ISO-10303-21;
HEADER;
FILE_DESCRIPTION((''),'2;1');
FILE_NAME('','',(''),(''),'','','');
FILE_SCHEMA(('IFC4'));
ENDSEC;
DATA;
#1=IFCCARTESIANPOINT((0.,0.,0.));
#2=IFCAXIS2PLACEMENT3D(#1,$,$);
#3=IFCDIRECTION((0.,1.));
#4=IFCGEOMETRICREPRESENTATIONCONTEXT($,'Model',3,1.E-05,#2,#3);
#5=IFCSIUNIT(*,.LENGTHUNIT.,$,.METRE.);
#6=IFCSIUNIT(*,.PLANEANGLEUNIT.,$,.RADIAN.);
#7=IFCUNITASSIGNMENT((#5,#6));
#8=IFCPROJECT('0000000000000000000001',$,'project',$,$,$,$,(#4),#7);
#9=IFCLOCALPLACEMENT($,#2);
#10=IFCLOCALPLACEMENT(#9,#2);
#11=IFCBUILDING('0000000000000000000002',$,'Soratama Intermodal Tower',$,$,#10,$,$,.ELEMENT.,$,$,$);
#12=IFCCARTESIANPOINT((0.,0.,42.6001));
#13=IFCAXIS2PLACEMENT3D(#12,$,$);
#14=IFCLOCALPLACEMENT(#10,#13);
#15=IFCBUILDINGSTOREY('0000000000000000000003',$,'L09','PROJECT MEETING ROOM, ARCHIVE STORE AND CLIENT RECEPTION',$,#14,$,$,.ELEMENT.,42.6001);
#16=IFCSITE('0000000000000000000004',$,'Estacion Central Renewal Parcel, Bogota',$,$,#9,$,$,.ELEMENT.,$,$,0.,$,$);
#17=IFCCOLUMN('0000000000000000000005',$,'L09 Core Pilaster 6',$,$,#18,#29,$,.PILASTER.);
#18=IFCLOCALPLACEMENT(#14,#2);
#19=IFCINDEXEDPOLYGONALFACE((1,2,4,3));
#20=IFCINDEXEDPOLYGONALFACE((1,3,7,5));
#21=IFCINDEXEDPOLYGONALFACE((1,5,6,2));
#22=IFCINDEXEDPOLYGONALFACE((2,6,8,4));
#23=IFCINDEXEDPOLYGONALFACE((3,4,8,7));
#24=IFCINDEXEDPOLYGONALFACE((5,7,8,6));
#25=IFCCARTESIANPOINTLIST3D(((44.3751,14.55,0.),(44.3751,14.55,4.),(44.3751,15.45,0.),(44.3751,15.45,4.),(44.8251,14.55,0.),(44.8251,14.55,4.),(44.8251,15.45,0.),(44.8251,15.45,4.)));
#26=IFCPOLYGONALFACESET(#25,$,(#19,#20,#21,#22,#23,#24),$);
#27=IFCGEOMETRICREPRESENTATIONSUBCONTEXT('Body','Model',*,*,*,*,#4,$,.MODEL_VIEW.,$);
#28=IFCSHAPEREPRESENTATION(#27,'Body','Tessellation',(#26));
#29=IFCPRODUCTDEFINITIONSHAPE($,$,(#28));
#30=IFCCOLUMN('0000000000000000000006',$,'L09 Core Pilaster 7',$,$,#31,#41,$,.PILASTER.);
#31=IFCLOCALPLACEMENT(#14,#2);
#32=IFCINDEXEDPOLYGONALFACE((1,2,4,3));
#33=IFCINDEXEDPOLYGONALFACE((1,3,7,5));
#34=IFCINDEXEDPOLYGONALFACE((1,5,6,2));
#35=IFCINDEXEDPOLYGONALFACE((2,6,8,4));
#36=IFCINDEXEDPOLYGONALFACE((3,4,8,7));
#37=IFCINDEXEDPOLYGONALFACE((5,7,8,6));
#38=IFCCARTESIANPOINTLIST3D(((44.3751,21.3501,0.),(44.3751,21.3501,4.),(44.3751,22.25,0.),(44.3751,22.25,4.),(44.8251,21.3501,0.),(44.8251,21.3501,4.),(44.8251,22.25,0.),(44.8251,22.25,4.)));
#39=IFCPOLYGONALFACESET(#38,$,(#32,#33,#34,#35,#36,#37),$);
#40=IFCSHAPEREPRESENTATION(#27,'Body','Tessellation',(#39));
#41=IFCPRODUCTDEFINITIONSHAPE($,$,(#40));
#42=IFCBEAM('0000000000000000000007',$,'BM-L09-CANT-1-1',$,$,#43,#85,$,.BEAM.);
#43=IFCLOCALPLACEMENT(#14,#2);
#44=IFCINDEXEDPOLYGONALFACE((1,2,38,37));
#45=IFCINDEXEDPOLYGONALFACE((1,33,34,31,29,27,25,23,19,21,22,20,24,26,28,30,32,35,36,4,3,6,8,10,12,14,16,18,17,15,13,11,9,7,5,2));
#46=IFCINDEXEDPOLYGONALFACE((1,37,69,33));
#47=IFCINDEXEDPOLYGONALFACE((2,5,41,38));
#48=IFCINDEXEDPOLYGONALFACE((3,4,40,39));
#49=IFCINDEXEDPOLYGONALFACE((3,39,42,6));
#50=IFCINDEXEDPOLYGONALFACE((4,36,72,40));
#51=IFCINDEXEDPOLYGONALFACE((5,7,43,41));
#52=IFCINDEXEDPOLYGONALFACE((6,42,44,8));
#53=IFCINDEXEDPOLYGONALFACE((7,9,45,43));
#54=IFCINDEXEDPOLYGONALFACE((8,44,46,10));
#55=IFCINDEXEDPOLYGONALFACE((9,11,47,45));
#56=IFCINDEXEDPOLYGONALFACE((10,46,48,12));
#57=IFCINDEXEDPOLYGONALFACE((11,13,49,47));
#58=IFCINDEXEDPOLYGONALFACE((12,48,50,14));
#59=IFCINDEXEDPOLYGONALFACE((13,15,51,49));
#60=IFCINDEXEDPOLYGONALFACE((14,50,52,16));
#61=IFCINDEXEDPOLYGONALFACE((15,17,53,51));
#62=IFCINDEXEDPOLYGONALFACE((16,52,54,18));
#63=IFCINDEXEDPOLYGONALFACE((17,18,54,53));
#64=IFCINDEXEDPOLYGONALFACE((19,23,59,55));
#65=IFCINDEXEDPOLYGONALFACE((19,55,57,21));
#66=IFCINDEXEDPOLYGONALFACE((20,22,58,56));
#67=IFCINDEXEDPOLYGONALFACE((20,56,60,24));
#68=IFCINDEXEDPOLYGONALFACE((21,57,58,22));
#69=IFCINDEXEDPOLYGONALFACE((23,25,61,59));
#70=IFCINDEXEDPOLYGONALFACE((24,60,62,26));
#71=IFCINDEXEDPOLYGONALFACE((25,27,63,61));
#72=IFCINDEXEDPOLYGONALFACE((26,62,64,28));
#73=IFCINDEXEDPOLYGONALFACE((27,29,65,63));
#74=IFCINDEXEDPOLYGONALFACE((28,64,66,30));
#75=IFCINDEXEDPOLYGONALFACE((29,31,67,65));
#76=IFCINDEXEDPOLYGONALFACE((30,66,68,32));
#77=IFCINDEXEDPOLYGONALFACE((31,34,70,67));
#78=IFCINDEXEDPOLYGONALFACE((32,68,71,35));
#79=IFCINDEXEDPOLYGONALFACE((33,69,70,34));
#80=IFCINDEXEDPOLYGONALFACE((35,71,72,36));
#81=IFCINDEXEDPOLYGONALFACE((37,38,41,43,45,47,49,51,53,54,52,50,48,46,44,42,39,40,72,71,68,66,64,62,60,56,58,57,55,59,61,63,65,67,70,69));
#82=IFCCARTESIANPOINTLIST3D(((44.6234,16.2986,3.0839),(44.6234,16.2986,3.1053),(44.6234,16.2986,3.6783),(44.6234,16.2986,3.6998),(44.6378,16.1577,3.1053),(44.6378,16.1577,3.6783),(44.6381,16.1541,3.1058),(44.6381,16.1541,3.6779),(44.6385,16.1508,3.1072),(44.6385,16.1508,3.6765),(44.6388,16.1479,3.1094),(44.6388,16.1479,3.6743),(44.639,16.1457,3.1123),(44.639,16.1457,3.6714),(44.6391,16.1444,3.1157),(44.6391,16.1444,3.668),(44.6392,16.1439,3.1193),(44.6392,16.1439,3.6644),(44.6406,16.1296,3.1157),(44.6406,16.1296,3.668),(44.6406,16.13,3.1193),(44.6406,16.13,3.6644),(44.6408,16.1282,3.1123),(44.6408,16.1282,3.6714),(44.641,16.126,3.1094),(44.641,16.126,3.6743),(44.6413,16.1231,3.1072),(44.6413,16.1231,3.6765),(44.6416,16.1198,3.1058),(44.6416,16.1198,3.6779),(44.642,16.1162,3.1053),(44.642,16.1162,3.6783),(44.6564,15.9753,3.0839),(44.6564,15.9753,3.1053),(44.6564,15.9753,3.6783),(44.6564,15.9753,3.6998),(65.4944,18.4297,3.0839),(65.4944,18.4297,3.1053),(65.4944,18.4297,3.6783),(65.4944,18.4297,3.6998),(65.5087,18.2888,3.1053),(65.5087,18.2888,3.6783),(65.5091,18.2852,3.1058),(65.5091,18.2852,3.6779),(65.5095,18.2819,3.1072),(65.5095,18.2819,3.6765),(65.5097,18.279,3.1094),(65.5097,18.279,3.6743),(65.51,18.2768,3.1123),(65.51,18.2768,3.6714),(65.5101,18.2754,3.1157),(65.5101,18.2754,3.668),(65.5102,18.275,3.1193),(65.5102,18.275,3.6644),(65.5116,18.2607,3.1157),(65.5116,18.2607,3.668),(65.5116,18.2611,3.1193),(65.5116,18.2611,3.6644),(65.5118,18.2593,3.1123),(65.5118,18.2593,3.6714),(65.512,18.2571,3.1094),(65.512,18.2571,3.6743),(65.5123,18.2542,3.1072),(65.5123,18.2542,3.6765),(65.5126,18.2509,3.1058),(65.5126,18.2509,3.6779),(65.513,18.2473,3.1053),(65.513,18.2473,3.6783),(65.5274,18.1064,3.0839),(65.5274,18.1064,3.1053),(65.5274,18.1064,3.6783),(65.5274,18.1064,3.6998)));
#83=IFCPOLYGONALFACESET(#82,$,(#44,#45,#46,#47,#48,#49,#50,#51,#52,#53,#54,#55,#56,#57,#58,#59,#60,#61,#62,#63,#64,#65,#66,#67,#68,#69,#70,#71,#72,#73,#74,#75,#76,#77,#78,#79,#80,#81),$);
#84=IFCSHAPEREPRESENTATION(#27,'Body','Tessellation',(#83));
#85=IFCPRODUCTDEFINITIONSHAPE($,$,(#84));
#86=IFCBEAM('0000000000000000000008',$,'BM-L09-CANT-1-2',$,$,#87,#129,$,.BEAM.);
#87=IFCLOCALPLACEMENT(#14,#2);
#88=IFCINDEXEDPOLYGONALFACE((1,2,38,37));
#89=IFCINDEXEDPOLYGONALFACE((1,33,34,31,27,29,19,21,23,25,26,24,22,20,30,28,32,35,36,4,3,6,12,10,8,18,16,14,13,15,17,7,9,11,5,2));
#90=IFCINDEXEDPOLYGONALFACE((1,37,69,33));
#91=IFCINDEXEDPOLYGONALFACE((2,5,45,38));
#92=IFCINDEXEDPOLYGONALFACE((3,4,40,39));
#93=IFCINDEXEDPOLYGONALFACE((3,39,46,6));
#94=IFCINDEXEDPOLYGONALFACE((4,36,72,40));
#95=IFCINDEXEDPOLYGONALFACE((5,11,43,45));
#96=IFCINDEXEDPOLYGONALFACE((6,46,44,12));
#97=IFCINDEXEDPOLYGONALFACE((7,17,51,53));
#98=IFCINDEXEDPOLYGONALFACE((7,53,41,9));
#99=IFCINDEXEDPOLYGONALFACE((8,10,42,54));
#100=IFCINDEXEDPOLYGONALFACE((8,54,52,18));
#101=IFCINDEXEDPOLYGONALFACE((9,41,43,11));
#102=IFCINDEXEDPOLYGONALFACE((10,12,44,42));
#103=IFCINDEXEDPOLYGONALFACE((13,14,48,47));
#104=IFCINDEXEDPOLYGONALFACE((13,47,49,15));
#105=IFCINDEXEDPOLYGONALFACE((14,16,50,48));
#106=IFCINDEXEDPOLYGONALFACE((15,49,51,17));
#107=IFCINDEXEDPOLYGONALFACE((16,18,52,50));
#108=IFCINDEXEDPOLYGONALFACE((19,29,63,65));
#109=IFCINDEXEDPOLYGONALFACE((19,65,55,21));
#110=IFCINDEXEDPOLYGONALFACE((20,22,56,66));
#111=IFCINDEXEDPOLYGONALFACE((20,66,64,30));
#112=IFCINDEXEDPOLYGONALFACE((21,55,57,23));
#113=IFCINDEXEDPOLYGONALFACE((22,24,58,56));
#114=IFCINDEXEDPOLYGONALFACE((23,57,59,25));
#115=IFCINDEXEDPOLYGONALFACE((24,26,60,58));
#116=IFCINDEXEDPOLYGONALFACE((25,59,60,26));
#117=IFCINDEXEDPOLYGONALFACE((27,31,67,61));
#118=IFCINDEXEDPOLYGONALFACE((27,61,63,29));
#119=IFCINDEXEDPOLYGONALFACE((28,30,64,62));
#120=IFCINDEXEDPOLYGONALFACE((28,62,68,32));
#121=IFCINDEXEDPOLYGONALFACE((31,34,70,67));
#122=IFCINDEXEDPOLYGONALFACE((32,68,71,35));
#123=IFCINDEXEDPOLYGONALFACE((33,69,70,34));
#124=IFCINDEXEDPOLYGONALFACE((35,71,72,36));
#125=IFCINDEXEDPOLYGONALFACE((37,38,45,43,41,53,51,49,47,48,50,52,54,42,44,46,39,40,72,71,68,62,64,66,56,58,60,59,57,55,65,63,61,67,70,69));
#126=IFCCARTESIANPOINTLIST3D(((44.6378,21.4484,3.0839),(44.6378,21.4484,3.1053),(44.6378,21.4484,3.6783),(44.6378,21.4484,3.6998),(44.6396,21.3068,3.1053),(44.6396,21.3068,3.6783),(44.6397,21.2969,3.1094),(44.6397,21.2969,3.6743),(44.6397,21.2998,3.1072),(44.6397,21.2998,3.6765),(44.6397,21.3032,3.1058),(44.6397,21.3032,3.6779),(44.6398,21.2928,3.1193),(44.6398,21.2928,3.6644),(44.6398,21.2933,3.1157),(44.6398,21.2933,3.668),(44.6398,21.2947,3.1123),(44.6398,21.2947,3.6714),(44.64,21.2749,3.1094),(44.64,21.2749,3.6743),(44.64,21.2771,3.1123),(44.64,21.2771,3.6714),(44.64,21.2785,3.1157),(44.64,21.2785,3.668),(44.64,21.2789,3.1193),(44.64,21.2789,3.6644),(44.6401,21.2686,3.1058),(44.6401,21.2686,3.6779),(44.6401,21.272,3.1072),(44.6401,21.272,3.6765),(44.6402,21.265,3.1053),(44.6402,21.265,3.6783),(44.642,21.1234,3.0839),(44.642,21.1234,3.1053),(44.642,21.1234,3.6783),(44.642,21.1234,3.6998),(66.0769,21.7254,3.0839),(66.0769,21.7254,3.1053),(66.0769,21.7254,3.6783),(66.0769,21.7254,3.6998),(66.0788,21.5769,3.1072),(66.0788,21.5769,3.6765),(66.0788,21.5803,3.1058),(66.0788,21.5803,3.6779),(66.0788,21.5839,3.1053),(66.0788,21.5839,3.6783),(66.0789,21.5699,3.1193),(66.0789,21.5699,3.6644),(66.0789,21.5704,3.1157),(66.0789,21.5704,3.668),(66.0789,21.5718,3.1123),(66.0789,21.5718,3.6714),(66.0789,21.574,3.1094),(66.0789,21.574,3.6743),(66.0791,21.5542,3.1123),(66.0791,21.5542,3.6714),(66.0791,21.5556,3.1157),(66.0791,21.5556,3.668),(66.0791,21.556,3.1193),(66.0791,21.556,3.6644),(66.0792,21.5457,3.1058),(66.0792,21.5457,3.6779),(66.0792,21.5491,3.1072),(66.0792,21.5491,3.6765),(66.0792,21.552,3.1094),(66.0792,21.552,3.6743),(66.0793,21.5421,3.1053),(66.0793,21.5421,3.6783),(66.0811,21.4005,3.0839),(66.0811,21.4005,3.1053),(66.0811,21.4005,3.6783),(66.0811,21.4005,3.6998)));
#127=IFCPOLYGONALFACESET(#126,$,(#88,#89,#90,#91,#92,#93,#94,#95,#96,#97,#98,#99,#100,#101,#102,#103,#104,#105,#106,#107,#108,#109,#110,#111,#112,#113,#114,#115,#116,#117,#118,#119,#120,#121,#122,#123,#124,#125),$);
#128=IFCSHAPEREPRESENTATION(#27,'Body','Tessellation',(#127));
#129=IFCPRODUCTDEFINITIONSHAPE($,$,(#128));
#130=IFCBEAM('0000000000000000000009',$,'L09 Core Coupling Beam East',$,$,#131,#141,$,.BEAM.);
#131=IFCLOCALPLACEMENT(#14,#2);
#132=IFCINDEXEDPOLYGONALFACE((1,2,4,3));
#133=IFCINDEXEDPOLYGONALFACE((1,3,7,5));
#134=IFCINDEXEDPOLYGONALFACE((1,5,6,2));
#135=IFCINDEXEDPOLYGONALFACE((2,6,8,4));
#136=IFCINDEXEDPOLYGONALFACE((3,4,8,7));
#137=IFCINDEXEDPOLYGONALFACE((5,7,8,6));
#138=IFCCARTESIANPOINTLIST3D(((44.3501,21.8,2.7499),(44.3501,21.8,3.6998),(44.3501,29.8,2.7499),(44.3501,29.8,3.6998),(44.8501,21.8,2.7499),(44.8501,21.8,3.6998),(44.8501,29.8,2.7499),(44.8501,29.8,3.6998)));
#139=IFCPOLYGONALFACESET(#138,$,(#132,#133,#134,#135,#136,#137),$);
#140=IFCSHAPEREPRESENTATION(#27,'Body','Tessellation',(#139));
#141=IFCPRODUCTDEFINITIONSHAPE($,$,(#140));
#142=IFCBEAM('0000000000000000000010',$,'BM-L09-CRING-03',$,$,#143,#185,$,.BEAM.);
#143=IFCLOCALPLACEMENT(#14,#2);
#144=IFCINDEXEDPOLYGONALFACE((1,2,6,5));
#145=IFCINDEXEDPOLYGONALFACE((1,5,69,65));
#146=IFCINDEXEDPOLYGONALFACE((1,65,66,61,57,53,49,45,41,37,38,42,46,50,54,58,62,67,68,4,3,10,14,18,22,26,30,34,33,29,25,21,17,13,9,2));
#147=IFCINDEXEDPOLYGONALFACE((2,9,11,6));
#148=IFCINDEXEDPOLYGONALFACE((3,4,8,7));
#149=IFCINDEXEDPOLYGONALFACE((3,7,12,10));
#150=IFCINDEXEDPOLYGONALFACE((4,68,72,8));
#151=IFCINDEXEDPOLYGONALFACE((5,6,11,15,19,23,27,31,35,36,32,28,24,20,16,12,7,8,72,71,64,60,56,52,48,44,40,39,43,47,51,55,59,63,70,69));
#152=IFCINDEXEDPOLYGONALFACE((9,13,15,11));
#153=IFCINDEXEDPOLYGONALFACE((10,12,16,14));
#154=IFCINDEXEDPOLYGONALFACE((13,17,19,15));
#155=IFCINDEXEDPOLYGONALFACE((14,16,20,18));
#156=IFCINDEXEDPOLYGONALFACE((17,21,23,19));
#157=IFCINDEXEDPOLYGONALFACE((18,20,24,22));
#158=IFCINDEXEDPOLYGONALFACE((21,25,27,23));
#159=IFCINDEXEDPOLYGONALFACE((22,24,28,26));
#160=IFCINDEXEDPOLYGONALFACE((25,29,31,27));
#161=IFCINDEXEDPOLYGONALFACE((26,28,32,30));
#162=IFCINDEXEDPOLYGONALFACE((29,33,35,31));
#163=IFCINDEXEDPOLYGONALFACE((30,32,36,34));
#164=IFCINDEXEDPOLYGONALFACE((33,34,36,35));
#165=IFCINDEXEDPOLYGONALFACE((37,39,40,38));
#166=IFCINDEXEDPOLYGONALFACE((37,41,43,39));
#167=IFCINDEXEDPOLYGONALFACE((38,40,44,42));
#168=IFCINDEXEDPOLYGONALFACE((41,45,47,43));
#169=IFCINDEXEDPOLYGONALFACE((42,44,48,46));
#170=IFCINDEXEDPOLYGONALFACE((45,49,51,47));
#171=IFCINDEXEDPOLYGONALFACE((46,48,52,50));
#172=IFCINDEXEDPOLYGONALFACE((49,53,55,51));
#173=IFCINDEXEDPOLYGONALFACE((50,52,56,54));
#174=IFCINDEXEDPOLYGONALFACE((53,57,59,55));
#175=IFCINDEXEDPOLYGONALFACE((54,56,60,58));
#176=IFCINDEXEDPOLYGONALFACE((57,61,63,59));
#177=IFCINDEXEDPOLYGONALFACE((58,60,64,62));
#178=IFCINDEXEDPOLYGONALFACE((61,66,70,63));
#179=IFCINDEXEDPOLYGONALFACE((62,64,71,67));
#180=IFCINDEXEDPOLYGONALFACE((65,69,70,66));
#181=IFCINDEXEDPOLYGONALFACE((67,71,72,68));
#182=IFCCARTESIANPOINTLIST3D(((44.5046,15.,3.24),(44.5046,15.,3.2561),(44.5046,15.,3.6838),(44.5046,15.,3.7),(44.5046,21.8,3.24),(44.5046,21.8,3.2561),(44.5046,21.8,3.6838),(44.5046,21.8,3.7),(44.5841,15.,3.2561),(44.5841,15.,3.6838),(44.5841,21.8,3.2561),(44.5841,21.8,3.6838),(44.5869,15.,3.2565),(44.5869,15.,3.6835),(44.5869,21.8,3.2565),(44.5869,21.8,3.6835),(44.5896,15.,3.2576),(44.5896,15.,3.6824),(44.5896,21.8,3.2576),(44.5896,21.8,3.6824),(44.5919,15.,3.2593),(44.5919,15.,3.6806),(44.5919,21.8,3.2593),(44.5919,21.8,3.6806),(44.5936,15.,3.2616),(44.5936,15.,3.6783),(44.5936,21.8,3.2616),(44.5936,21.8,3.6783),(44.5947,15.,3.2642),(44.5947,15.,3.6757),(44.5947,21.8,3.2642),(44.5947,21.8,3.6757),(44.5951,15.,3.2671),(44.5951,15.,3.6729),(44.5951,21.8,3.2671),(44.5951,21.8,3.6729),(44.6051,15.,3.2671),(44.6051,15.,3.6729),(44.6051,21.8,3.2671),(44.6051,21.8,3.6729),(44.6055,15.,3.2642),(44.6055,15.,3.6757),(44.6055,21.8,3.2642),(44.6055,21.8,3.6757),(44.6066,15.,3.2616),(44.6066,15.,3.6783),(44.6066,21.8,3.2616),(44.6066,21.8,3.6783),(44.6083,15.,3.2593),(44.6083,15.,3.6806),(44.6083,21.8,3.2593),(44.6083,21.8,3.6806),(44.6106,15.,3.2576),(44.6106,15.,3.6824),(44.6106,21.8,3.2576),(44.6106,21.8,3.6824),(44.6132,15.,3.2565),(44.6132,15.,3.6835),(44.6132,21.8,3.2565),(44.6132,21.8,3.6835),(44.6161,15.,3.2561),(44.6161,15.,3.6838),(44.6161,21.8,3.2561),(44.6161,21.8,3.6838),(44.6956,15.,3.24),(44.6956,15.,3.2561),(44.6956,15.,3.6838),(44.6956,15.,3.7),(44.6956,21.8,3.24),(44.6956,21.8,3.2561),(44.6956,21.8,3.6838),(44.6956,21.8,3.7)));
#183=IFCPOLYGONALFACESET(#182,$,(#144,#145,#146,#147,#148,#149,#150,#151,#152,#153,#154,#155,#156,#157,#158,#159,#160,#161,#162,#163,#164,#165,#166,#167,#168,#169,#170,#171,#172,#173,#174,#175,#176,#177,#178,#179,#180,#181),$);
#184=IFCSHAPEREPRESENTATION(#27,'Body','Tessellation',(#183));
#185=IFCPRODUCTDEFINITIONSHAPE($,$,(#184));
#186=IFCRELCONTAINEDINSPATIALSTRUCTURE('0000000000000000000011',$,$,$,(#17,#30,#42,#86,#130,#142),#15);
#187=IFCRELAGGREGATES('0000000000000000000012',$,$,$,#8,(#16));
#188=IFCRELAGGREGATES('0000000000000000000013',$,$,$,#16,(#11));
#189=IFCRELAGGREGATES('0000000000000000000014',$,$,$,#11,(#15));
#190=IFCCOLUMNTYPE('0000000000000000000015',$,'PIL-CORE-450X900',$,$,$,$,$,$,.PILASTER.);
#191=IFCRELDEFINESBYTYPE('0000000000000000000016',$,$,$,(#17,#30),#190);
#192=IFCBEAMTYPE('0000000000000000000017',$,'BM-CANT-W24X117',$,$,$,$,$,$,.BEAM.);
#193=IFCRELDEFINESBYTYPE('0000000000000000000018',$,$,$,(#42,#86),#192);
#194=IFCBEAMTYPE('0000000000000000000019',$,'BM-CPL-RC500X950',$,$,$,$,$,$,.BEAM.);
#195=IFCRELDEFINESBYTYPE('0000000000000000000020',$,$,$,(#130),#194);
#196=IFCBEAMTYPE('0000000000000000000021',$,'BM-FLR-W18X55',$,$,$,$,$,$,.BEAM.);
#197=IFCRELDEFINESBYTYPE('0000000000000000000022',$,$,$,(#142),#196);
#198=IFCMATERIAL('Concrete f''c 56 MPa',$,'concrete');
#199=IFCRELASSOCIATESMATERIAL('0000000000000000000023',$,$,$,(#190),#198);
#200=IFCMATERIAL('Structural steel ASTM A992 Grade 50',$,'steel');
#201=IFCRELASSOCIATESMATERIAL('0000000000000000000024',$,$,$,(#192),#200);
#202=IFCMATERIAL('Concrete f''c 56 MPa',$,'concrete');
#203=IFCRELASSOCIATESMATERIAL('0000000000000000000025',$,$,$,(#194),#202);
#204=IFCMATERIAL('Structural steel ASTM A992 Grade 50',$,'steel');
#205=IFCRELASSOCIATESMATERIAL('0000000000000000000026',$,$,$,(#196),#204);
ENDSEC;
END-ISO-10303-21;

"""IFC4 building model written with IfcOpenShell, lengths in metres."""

from ifc_helpers import new_model, si_unit, direction, frame, origin, origin_2d, place, context, subcontext, project, spatial, rectangle, i_section, extrude, material, material_profile, profile_set, type_object, element, save


model = new_model("IFC4")

# Units and contexts
model_context = context("Model", 3, precision=1e-05, world=origin(), true_north=direction((0.0, 1.0)))
body_context = subcontext(model_context, "Body", "Model", "MODEL_VIEW")
ifc_project = project(units=[si_unit("LENGTHUNIT", "METRE"), si_unit("PLANEANGLEUNIT", "RADIAN")], contexts=[model_context])

# Site, building, storey
site_placement = place(None, origin())
site = spatial("IfcSite", under=ifc_project, at=site_placement, Name="Estacion Central Renewal Parcel, Bogota", CompositionType="ELEMENT", RefElevation=0.0)
building_placement = place(site_placement, origin())
building = spatial("IfcBuilding", under=site, at=building_placement, Name="Soratama Intermodal Tower", CompositionType="ELEMENT")
storey_placement = place(building_placement, frame((0.0, 0.0, 42.6001)))
storey = spatial("IfcBuildingStorey", under=building, at=storey_placement, Name="L09", Description="PROJECT MEETING ROOM, ARCHIVE STORE AND CLIENT RECEPTION", CompositionType="ELEMENT", Elevation=42.6001)

# Columns
ifc_material_1 = material(Name="Concrete f'c 56 MPa", Category="concrete")
ifc_material_profile_1 = material_profile(ifc_material_1, rectangle(XDim=0.45, YDim=0.8999, at=origin_2d()), Name="RC450X900")
ifc_profile_set_1 = profile_set([ifc_material_profile_1], Name="Concrete f'c 56 MPa")
column_type = type_object("IfcColumnType", Name="PIL-CORE-450X900", PredefinedType="PILASTER", material=ifc_profile_set_1)
for number, where, z_axis, x_axis, name in (
    (1, (44.6001, 15.0, 0.0), (0.0, 0.0, 1.0), (1.0, 0.0, 0.0), "L09 Core Pilaster 6"),
    (2, (44.6001, 21.8, 0.0), (0.0, 0.0, 1.0), (1.0, 0.0, 0.0), "L09 Core Pilaster 7"),
):
    element("IfcColumn", number, at=place(storey_placement, frame(where, z_axis=z_axis, x_axis=x_axis)), inside=storey, type_object=column_type, Name=name, PredefinedType="PILASTER", context=body_context, shape_type="SweptSolid", body=[
        extrude(rectangle(XDim=0.45, YDim=0.8999, at=origin_2d()), origin(), (0.0, 0.0, 1.0), 4.0),
    ])

# Beams
ifc_material_2 = material(Name="Structural steel ASTM A992 Grade 50", Category="steel")
ifc_material_profile_2 = material_profile(ifc_material_2, i_section(OverallWidth=0.325, OverallDepth=0.616, WebThickness=0.0139, FlangeThickness=0.0215, FilletRadius=0.0139, at=origin_2d()), Name="W24X117")
ifc_profile_set_2 = profile_set([ifc_material_profile_2], Name="Structural steel ASTM A992 Grade 50")
beam_type_1 = type_object("IfcBeamType", Name="BM-CANT-W24X117", PredefinedType="BEAM", material=ifc_profile_set_2)
beam_1_placement = place(storey_placement, frame((44.6399, 16.137, 3.3918), z_axis=(0.994827, 0.10158, 0.0), x_axis=(-0.10158, 0.994827, 0.0)))
element("IfcBeam", 3, at=beam_1_placement, inside=storey, type_object=beam_type_1, Name="BM-L09-CANT-1-1", PredefinedType="BEAM", context=body_context, shape_type="SweptSolid", body=[
    extrude(i_section(OverallWidth=0.325, OverallDepth=0.616, WebThickness=0.0139, FlangeThickness=0.0215, FilletRadius=0.0139, at=origin_2d()), origin(), (0.0, 0.0, 1.0), 20.9795),
])
beam_2_placement = place(storey_placement, frame((44.6399, 21.2859, 3.3918), z_axis=(0.999916, 0.012924, 0.0), x_axis=(-0.012924, 0.999916, 0.0)))
element("IfcBeam", 4, at=beam_2_placement, inside=storey, type_object=beam_type_1, Name="BM-L09-CANT-1-2", PredefinedType="BEAM", context=body_context, shape_type="SweptSolid", body=[
    extrude(i_section(OverallWidth=0.325, OverallDepth=0.616, WebThickness=0.0139, FlangeThickness=0.0215, FilletRadius=0.0139, at=origin_2d()), origin(), (0.0, 0.0, 1.0), 21.4409),
])
ifc_material_3 = material(Name="Concrete f'c 56 MPa", Category="concrete")
ifc_material_profile_3 = material_profile(ifc_material_3, rectangle(XDim=0.5, YDim=0.95, at=origin_2d()), Name="RC500X950")
ifc_profile_set_3 = profile_set([ifc_material_profile_3], Name="Concrete f'c 56 MPa")
beam_type_2 = type_object("IfcBeamType", Name="BM-CPL-RC500X950", PredefinedType="BEAM", material=ifc_profile_set_3)
beam_3_placement = place(storey_placement, frame((44.6001, 21.8, 3.2249), z_axis=(0.0, 1.0, 0.0), x_axis=(-1.0, 0.0, 0.0)))
element("IfcBeam", 5, at=beam_3_placement, inside=storey, type_object=beam_type_2, Name="L09 Core Coupling Beam East", PredefinedType="BEAM", context=body_context, shape_type="SweptSolid", body=[
    extrude(rectangle(XDim=0.5, YDim=0.95, at=origin_2d()), origin(), (0.0, 0.0, 1.0), 8.0),
])
ifc_material_4 = material(Name="Structural steel ASTM A992 Grade 50", Category="steel")
ifc_material_profile_4 = material_profile(ifc_material_4, i_section(OverallWidth=0.1909, OverallDepth=0.46, WebThickness=0.01, FlangeThickness=0.0161, FilletRadius=0.011, at=origin_2d()), Name="W18X55")
ifc_profile_set_4 = profile_set([ifc_material_profile_4], Name="Structural steel ASTM A992 Grade 50")
beam_type_3 = type_object("IfcBeamType", Name="BM-FLR-W18X55", PredefinedType="BEAM", material=ifc_profile_set_4)
beam_4_placement = place(storey_placement, frame((44.6001, 15.0, 3.47), z_axis=(0.0, 1.0, 0.0), x_axis=(-1.0, 0.0, 0.0)))
element("IfcBeam", 6, at=beam_4_placement, inside=storey, type_object=beam_type_3, Name="BM-L09-CRING-03", PredefinedType="BEAM", context=body_context, shape_type="SweptSolid", body=[
    extrude(i_section(OverallWidth=0.1909, OverallDepth=0.46, WebThickness=0.01, FlangeThickness=0.0161, FilletRadius=0.011, at=origin_2d()), origin(), (0.0, 0.0, 1.0), 6.8),
])

save(model, "model.ifc")
